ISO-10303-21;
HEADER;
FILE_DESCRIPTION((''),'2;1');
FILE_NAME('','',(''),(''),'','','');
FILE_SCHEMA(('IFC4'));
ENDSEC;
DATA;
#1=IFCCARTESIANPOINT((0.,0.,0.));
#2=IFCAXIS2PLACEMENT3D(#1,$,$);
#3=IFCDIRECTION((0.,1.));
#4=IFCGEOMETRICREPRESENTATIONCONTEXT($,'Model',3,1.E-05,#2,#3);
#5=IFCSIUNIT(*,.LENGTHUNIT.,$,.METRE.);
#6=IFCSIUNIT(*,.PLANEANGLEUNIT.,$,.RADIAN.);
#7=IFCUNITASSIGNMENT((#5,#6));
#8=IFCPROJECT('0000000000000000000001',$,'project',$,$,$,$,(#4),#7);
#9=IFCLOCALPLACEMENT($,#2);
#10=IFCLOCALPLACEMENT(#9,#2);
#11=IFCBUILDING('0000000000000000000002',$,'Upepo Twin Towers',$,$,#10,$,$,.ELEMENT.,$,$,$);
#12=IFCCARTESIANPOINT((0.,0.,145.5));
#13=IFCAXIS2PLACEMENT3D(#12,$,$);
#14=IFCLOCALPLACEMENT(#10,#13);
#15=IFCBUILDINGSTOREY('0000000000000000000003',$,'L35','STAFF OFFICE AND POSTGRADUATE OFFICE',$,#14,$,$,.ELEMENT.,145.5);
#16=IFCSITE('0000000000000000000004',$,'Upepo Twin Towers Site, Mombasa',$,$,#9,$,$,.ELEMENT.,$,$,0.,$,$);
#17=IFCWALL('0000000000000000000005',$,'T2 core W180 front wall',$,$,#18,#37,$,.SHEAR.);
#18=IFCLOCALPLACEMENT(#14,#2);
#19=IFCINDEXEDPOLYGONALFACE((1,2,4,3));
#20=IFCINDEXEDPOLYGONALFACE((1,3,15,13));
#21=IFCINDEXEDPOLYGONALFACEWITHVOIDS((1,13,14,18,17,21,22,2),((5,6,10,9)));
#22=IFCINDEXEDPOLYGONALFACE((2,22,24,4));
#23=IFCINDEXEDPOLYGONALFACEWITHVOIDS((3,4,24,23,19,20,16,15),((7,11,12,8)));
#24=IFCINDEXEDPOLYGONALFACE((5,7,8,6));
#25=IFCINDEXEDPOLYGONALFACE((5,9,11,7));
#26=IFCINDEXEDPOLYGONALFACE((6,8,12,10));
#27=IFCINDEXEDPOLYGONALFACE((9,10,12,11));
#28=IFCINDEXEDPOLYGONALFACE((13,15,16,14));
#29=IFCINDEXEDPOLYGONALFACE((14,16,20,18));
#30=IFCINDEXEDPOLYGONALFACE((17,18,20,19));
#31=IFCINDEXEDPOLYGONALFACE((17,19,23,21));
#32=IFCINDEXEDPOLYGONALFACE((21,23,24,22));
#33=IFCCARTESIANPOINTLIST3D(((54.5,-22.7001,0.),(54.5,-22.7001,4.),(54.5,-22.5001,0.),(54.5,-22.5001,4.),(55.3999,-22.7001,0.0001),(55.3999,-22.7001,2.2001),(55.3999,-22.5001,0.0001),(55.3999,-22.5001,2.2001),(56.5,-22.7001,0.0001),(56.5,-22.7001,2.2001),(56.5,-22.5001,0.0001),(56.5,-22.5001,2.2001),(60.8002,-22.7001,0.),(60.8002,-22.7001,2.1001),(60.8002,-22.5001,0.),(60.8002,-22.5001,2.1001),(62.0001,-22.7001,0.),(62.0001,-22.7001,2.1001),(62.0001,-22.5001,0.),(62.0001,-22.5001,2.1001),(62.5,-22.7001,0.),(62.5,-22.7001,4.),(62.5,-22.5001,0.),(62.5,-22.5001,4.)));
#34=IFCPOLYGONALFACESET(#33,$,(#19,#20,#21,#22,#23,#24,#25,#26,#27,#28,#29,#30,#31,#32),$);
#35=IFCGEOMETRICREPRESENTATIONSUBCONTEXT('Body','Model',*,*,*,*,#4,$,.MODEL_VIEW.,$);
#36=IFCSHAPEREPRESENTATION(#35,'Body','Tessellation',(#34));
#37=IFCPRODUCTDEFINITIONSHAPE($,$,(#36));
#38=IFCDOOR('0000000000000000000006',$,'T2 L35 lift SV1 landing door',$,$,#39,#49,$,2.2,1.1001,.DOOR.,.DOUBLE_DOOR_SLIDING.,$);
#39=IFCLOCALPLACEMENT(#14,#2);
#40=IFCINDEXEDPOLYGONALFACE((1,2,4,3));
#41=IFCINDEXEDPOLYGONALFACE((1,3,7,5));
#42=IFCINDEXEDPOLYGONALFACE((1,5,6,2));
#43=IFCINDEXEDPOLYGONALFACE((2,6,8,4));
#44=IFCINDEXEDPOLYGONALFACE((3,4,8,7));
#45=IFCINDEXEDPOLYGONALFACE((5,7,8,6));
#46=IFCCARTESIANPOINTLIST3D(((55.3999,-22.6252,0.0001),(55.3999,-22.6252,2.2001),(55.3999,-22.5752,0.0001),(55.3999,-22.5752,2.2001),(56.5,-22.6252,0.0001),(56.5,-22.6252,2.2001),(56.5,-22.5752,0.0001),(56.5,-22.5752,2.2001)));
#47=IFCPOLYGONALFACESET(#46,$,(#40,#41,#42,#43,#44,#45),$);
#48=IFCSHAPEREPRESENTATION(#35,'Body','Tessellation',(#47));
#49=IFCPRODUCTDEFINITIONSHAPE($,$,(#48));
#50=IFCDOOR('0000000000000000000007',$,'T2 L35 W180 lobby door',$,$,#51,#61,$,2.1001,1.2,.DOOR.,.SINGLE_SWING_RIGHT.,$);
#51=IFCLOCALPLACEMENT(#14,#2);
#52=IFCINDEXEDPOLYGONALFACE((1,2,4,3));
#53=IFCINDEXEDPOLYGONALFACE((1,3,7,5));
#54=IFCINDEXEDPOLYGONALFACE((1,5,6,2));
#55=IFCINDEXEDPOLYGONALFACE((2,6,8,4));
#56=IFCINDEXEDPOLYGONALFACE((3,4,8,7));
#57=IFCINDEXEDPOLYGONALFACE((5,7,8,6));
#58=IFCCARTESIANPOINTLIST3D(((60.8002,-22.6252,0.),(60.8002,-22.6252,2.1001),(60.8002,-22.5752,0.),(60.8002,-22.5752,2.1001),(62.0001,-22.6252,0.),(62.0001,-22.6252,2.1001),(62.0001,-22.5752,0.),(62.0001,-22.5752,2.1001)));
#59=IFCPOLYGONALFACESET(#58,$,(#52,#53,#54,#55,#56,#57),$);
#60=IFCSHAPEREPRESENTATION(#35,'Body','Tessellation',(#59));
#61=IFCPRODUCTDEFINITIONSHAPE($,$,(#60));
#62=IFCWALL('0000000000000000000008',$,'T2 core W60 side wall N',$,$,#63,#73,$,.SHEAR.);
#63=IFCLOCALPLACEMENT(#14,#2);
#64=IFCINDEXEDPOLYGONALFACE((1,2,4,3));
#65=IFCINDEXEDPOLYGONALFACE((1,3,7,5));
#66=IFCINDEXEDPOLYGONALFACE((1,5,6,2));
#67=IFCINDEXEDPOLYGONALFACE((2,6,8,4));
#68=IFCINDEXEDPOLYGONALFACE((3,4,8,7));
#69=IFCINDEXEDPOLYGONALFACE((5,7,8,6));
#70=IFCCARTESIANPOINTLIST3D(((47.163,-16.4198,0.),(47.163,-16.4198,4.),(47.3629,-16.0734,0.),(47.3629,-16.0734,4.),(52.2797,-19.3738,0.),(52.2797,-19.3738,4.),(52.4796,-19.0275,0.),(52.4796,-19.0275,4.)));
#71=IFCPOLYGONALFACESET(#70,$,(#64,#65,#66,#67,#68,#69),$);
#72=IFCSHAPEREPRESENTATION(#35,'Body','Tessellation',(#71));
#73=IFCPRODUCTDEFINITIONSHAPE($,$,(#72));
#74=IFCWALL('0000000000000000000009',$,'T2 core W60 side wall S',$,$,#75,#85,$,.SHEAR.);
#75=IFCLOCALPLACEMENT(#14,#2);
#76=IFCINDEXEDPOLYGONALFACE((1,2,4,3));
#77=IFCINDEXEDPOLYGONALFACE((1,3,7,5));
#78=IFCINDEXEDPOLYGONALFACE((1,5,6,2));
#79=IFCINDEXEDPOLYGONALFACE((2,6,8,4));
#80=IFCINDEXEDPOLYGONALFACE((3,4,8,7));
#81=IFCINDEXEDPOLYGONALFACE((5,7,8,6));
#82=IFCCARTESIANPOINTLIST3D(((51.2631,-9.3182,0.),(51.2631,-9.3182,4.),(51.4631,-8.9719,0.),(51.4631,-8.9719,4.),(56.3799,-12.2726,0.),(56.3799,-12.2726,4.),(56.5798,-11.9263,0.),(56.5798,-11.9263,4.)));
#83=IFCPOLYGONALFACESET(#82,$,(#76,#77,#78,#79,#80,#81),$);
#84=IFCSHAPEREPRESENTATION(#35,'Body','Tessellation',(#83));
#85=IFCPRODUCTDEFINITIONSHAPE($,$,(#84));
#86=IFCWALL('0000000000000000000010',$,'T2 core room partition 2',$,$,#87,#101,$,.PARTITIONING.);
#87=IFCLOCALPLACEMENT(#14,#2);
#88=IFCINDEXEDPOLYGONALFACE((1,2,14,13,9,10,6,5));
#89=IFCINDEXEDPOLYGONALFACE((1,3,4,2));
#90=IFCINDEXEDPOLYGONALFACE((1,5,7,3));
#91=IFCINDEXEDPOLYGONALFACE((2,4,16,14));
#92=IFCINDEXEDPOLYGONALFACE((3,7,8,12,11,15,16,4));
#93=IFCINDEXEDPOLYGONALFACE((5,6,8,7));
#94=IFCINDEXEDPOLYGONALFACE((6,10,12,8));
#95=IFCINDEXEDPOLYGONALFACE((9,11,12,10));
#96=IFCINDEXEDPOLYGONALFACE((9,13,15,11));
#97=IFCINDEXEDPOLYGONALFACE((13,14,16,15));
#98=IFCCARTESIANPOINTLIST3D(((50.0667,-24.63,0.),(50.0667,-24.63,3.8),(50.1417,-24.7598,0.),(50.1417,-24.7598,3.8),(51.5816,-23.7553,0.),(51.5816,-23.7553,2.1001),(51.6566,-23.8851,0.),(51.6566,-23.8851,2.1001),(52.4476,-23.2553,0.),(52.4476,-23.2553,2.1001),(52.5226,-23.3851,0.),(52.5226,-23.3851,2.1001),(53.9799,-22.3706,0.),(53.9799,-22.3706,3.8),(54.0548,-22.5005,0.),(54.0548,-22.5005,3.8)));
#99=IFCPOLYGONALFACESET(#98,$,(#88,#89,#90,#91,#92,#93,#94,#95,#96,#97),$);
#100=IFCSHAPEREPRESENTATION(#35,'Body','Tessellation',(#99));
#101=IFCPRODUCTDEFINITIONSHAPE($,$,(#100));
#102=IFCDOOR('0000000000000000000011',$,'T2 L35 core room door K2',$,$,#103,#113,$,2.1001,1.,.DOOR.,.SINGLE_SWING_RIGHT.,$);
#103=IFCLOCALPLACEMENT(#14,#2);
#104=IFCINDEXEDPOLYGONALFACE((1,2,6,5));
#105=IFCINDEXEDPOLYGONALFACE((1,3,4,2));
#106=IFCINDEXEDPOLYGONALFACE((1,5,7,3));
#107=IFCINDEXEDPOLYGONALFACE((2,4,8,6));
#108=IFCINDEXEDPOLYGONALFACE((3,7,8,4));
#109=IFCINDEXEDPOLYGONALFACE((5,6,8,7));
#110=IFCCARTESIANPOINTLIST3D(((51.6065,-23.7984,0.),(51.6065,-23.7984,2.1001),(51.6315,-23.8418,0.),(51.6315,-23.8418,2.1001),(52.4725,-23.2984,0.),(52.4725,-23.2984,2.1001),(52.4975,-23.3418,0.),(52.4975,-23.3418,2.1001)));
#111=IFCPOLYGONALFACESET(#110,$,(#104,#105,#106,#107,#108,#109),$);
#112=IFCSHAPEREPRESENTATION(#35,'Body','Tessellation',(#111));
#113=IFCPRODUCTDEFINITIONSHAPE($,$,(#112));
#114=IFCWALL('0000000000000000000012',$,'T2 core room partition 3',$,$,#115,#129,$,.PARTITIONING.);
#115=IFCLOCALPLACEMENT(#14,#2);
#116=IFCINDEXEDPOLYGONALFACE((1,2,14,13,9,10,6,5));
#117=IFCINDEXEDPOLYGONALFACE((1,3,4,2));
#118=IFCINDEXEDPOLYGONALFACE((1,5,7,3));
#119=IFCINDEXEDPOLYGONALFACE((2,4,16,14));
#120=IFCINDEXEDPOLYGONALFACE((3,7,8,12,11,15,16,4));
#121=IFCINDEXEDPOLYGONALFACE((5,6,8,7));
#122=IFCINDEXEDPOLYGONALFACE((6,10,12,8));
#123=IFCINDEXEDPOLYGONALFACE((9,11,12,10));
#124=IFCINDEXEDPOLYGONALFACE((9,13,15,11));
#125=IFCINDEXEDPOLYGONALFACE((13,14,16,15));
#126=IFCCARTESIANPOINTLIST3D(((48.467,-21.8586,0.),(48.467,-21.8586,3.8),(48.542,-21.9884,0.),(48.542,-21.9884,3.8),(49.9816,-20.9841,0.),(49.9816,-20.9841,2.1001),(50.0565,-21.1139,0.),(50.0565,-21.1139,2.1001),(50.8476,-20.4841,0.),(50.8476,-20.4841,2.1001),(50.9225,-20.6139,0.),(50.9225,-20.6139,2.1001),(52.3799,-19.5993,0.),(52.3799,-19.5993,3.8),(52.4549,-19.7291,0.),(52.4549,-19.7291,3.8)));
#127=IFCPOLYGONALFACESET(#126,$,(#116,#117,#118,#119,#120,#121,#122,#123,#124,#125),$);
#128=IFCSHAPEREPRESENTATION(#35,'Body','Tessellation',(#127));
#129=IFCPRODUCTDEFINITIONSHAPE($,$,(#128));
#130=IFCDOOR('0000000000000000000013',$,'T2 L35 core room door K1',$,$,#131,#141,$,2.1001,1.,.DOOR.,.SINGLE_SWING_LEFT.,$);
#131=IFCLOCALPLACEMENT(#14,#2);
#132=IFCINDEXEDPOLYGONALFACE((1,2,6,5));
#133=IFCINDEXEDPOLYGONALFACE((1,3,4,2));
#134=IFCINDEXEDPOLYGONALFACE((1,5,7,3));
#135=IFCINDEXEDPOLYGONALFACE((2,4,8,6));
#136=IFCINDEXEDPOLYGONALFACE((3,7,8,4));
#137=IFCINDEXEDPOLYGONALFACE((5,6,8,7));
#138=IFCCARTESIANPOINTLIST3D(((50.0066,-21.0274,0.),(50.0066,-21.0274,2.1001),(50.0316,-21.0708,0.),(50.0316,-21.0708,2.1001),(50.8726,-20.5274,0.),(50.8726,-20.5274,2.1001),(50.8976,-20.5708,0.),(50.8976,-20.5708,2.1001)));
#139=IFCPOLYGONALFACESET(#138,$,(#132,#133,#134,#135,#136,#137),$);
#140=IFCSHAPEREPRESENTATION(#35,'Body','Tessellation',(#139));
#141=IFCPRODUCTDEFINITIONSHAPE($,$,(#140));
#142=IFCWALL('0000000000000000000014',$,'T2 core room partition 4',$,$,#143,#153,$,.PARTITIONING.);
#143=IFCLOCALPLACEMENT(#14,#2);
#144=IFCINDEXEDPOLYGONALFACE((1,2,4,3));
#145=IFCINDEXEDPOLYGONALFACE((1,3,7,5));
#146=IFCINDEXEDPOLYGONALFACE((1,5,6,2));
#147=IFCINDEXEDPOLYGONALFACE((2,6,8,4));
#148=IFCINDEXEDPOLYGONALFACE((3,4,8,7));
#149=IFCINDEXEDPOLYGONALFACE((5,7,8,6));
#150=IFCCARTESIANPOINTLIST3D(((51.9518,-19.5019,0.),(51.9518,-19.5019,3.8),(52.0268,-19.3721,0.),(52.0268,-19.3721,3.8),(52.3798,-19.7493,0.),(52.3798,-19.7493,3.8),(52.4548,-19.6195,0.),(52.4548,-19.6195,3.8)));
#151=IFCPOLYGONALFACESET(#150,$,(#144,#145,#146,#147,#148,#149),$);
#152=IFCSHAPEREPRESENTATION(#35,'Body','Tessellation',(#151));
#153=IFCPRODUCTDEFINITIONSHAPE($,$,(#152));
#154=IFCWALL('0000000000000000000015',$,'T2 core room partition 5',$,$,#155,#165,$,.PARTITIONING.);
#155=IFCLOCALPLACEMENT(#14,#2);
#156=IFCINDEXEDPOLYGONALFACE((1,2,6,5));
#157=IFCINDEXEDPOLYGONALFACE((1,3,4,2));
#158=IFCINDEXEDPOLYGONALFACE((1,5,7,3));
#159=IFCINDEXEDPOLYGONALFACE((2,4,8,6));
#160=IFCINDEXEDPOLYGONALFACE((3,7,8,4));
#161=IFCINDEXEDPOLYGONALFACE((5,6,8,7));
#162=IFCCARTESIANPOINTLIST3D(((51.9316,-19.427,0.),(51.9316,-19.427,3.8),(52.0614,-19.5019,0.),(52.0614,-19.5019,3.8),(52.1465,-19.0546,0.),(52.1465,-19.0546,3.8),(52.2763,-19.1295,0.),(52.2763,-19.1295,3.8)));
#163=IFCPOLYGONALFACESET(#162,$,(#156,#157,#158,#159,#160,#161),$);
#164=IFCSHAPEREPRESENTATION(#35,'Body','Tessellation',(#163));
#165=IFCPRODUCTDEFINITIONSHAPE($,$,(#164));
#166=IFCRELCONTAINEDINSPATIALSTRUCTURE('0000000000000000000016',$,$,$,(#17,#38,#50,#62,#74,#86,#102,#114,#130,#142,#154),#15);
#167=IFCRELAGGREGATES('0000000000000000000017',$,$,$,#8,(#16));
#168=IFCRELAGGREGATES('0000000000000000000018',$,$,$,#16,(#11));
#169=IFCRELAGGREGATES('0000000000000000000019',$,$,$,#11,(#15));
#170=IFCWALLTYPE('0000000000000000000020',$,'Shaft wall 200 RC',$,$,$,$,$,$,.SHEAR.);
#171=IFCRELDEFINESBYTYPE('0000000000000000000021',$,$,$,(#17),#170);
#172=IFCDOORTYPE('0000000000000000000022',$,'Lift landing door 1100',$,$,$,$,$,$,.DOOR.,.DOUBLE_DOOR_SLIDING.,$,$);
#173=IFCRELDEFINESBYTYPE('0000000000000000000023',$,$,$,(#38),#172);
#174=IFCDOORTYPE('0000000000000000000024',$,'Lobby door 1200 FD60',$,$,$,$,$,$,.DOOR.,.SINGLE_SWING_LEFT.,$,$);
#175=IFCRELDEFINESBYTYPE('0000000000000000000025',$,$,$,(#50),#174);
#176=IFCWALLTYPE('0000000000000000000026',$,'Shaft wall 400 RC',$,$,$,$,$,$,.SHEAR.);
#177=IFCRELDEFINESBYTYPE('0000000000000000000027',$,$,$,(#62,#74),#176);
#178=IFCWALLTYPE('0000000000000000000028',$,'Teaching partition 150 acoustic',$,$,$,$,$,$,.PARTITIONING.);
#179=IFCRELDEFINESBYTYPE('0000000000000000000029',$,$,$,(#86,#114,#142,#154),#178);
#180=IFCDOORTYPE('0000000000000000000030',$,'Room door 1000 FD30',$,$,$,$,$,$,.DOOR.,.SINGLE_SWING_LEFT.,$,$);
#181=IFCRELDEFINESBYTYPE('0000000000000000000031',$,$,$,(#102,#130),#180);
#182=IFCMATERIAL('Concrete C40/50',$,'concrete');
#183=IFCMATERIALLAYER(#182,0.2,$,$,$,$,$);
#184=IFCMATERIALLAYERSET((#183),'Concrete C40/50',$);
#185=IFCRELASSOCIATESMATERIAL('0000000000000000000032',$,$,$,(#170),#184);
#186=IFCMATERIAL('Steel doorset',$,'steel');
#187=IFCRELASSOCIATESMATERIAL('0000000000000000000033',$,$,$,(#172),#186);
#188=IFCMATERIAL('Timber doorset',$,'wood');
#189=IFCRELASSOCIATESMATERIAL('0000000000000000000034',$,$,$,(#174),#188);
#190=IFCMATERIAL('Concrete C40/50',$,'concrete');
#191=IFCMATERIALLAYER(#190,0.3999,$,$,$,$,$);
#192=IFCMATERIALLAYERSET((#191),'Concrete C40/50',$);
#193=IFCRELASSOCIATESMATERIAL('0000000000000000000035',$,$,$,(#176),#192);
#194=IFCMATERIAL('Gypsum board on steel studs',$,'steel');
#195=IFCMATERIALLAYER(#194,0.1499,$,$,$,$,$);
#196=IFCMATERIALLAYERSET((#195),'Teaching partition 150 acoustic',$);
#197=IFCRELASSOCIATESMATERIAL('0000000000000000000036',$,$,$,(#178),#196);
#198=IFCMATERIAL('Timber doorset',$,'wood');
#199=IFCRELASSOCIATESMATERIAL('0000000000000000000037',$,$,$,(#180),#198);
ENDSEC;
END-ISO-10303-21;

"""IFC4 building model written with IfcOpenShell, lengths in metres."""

from ifc_helpers import new_model, si_unit, direction, frame, frame_2d, origin, place, context, subcontext, project, spatial, rectangle, extrude, material, layer, layer_set, type_object, element, fill, save


model = new_model("IFC4")

# Units and contexts
model_context = context("Model", 3, precision=1e-05, world=origin(), true_north=direction((0.0, 1.0)))
body_context = subcontext(model_context, "Body", "Model", "MODEL_VIEW")
ifc_project = project(units=[si_unit("LENGTHUNIT", "METRE"), si_unit("PLANEANGLEUNIT", "RADIAN")], contexts=[model_context])

# Site, building, storey
site_placement = place(None, origin())
site = spatial("IfcSite", under=ifc_project, at=site_placement, Name="Upepo Twin Towers Site, Mombasa", CompositionType="ELEMENT", RefElevation=0.0)
building_placement = place(site_placement, origin())
building = spatial("IfcBuilding", under=site, at=building_placement, Name="Upepo Twin Towers", CompositionType="ELEMENT")
storey_placement = place(building_placement, frame((0.0, 0.0, 145.5)))
storey = spatial("IfcBuildingStorey", under=building, at=storey_placement, Name="L35", Description="STAFF OFFICE AND POSTGRADUATE OFFICE", CompositionType="ELEMENT", Elevation=145.5)

# Shared definitions
ifc_material_1 = material(Name="Concrete C40/50", Category="concrete")
ifc_layer_1 = layer(ifc_material_1, 0.2)
ifc_layer_set_1 = layer_set([ifc_layer_1], Name="Concrete C40/50")
wall_type_1 = type_object("IfcWallType", Name="Shaft wall 200 RC", PredefinedType="SHEAR", material=ifc_layer_set_1)

# Wall, openings, doors
wall_1_placement = place(storey_placement, frame((54.5, -22.6001, 0.0), z_axis=(0.0, 0.0, 1.0), x_axis=(1.0, 0.0, 0.0)))
wall_1 = element("IfcWall", 1, at=wall_1_placement, inside=storey, type_object=wall_type_1, Name="T2 core W180 front wall", PredefinedType="SHEAR", context=body_context, shape_type="SweptSolid", body=[
    extrude(rectangle(XDim=8.0, YDim=0.2, at=frame_2d((4.0, 0.0))), origin(), (0.0, 0.0, 1.0), 4.0),
])
opening_1_placement = place(wall_1_placement, frame((6.3, 0.0, 0.0)))
opening_1 = element("IfcOpeningElement", 2, at=opening_1_placement, cuts=wall_1, PredefinedType="OPENING", context=body_context, shape_type="SweptSolid", body=[
    extrude(rectangle(XDim=1.2, YDim=2.1001, at=frame_2d((0.6001, 1.05))), frame((0.0, 0.1099, 0.0), z_axis=(0.0, -1.0, 0.0), x_axis=(1.0, 0.0, 0.0)), (0.0, 0.0, 1.0), 0.22),
])
opening_2_placement = place(wall_1_placement, frame((0.8999, 0.0, 0.0)))
opening_2 = element("IfcOpeningElement", 3, at=opening_2_placement, cuts=wall_1, PredefinedType="OPENING", context=body_context, shape_type="SweptSolid", body=[
    extrude(rectangle(XDim=1.1001, YDim=2.2, at=frame_2d((0.55, 1.1001))), frame((0.0, 0.1099, 0.0), z_axis=(0.0, -1.0, 0.0), x_axis=(1.0, 0.0, 0.0)), (0.0, 0.0, 1.0), 0.22),
])
ifc_material_2 = material(Name="Steel doorset", Category="steel")
door_type_1 = type_object("IfcDoorType", Name="Lift landing door 1100", OperationType="DOUBLE_DOOR_SLIDING", PredefinedType="DOOR", material=ifc_material_2)
door_1_placement = place(opening_2_placement, origin())
door_1 = element("IfcDoor", 4, at=door_1_placement, inside=storey, type_object=door_type_1, Name="T2 L35 lift SV1 landing door", OperationType="DOUBLE_DOOR_SLIDING", OverallHeight=2.2, OverallWidth=1.1001, PredefinedType="DOOR", context=body_context, shape_type="SweptSolid", body=[
    extrude(rectangle(XDim=1.1001, YDim=2.2, at=frame_2d((0.55, 1.1001))), frame((0.0, 0.0249, 0.0), z_axis=(0.0, -1.0, 0.0), x_axis=(1.0, 0.0, 0.0)), (0.0, 0.0, 1.0), 0.05),
])
fill(opening_2, door_1)
ifc_material_3 = material(Name="Timber doorset", Category="wood")
door_type_2 = type_object("IfcDoorType", Name="Lobby door 1200 FD60", OperationType="SINGLE_SWING_LEFT", PredefinedType="DOOR", material=ifc_material_3)
door_2_placement = place(opening_1_placement, origin())
door_2 = element("IfcDoor", 5, at=door_2_placement, inside=storey, type_object=door_type_2, Name="T2 L35 W180 lobby door", OperationType="SINGLE_SWING_RIGHT", OverallHeight=2.1001, OverallWidth=1.2, PredefinedType="DOOR", context=body_context, shape_type="SweptSolid", body=[
    extrude(rectangle(XDim=1.2, YDim=2.1001, at=frame_2d((0.6001, 1.05))), frame((0.0, 0.0249, 0.0), z_axis=(0.0, -1.0, 0.0), x_axis=(1.0, 0.0, 0.0)), (0.0, 0.0, 1.0), 0.05),
])
fill(opening_1, door_2)

# Walls
ifc_material_4 = material(Name="Concrete C40/50", Category="concrete")
ifc_layer_2 = layer(ifc_material_4, 0.3999)
ifc_layer_set_2 = layer_set([ifc_layer_2], Name="Concrete C40/50")
wall_type_2 = type_object("IfcWallType", Name="Shaft wall 400 RC", PredefinedType="SHEAR", material=ifc_layer_set_2)
wall_2_placement = place(storey_placement, frame((52.3796, -19.2007, 0.0), z_axis=(0.0, 0.0, 1.0), x_axis=(-0.866027, 0.499997, 0.0)))
element("IfcWall", 6, at=wall_2_placement, inside=storey, type_object=wall_type_2, Name="T2 core W60 side wall N", PredefinedType="SHEAR", context=body_context, shape_type="SweptSolid", body=[
    extrude(rectangle(XDim=5.9082, YDim=0.3999, at=frame_2d((2.9541, 0.0))), origin(), (0.0, 0.0, 1.0), 4.0),
])
wall_3_placement = place(storey_placement, frame((56.4797, -12.0994, 0.0), z_axis=(0.0, 0.0, 1.0), x_axis=(-0.866009, 0.500028, 0.0)))
element("IfcWall", 7, at=wall_3_placement, inside=storey, type_object=wall_type_2, Name="T2 core W60 side wall S", PredefinedType="SHEAR", context=body_context, shape_type="SweptSolid", body=[
    extrude(rectangle(XDim=5.9084, YDim=0.3999, at=frame_2d((2.9541, 0.0))), origin(), (0.0, 0.0, 1.0), 4.0),
])

# Walls, openings, doors
ifc_material_5 = material(Name="Gypsum board on steel studs", Category="steel")
ifc_layer_3 = layer(ifc_material_5, 0.1499)
ifc_layer_set_3 = layer_set([ifc_layer_3], Name="Teaching partition 150 acoustic")
wall_type_3 = type_object("IfcWallType", Name="Teaching partition 150 acoustic", PredefinedType="PARTITIONING", material=ifc_layer_set_3)
wall_4_placement = place(storey_placement, frame((54.0173, -22.4355, 0.0), z_axis=(0.0, 0.0, 1.0), x_axis=(-0.86602, -0.500009, 0.0)))
wall_4 = element("IfcWall", 8, at=wall_4_placement, inside=storey, type_object=wall_type_3, Name="T2 core room partition 2", PredefinedType="PARTITIONING", context=body_context, shape_type="SweptSolid", body=[
    extrude(rectangle(XDim=4.5186, YDim=0.1499, at=frame_2d((2.2593, 0.0))), origin(), (0.0, 0.0, 1.0), 3.8),
])
opening_3_placement = place(wall_4_placement, frame((1.7693, 0.0, 0.0)))
opening_3 = element("IfcOpeningElement", 9, at=opening_3_placement, cuts=wall_4, PredefinedType="OPENING", context=body_context, shape_type="SweptSolid", body=[
    extrude(rectangle(XDim=1.0, YDim=2.1001, at=frame_2d((0.5, 1.05))), frame((0.0, 0.085, 0.0), z_axis=(0.0, -1.0, 0.0), x_axis=(1.0, 0.0, 0.0)), (0.0, 0.0, 1.0), 0.1699),
])
ifc_material_6 = material(Name="Timber doorset", Category="wood")
door_type_3 = type_object("IfcDoorType", Name="Room door 1000 FD30", OperationType="SINGLE_SWING_LEFT", PredefinedType="DOOR", material=ifc_material_6)
door_3_placement = place(opening_3_placement, origin())
door_3 = element("IfcDoor", 10, at=door_3_placement, inside=storey, type_object=door_type_3, Name="T2 L35 core room door K2", OperationType="SINGLE_SWING_RIGHT", OverallHeight=2.1001, OverallWidth=1.0, PredefinedType="DOOR", context=body_context, shape_type="SweptSolid", body=[
    extrude(rectangle(XDim=1.0, YDim=2.1001, at=frame_2d((0.5, 1.05))), frame((0.0, 0.0249, 0.0), z_axis=(0.0, -1.0, 0.0), x_axis=(1.0, 0.0, 0.0)), (0.0, 0.0, 1.0), 0.05),
])
fill(opening_3, door_3)
wall_5_placement = place(storey_placement, frame((48.5044, -21.9236, 0.0), z_axis=(0.0, 0.0, 1.0), x_axis=(0.866007, 0.500033, 0.0)))
wall_5 = element("IfcWall", 11, at=wall_5_placement, inside=storey, type_object=wall_type_3, Name="T2 core room partition 3", PredefinedType="PARTITIONING", context=body_context, shape_type="SweptSolid", body=[
    extrude(rectangle(XDim=4.5183, YDim=0.1499, at=frame_2d((2.2593, 0.0))), origin(), (0.0, 0.0, 1.0), 3.8),
])
opening_4_placement = place(wall_5_placement, frame((1.749, 0.0, 0.0)))
opening_4 = element("IfcOpeningElement", 12, at=opening_4_placement, cuts=wall_5, PredefinedType="OPENING", context=body_context, shape_type="SweptSolid", body=[
    extrude(rectangle(XDim=1.0, YDim=2.1001, at=frame_2d((0.5, 1.05))), frame((0.0, 0.085, 0.0), z_axis=(0.0, -1.0, 0.0), x_axis=(1.0, 0.0, 0.0)), (0.0, 0.0, 1.0), 0.1699),
])
door_4_placement = place(opening_4_placement, origin())
door_4 = element("IfcDoor", 13, at=door_4_placement, inside=storey, type_object=door_type_3, Name="T2 L35 core room door K1", OperationType="SINGLE_SWING_LEFT", OverallHeight=2.1001, OverallWidth=1.0, PredefinedType="DOOR", context=body_context, shape_type="SweptSolid", body=[
    extrude(rectangle(XDim=1.0, YDim=2.1001, at=frame_2d((0.5, 1.05))), frame((0.0, 0.0249, 0.0), z_axis=(0.0, -1.0, 0.0), x_axis=(1.0, 0.0, 0.0)), (0.0, 0.0, 1.0), 0.05),
])
fill(opening_4, door_4)

# Walls
wall_6_placement = place(storey_placement, frame((52.4172, -19.6843, 0.0), z_axis=(0.0, 0.0, 1.0), x_axis=(-0.865832, 0.500335, 0.0)))
element("IfcWall", 14, at=wall_6_placement, inside=storey, type_object=wall_type_3, Name="T2 core room partition 4", PredefinedType="PARTITIONING", context=body_context, shape_type="SweptSolid", body=[
    extrude(rectangle(XDim=0.4944, YDim=0.1499, at=frame_2d((0.2471, 0.0))), origin(), (0.0, 0.0, 1.0), 3.8),
])
for number, where, z_axis, x_axis, name in (
    (15, (51.9966, -19.4644, 0.0), (0.0, 0.0, 1.0), (0.499804, 0.866138, 0.0), "T2 core room partition 5"),
):
    element("IfcWall", number, at=place(storey_placement, frame(where, z_axis=z_axis, x_axis=x_axis)), inside=storey, type_object=wall_type_3, Name=name, PredefinedType="PARTITIONING", context=body_context, shape_type="SweptSolid", body=[
        extrude(rectangle(XDim=0.4299, YDim=0.1499, at=frame_2d((0.2148, 0.0))), origin(), (0.0, 0.0, 1.0), 3.8),
    ])

save(model, "model.ifc")
